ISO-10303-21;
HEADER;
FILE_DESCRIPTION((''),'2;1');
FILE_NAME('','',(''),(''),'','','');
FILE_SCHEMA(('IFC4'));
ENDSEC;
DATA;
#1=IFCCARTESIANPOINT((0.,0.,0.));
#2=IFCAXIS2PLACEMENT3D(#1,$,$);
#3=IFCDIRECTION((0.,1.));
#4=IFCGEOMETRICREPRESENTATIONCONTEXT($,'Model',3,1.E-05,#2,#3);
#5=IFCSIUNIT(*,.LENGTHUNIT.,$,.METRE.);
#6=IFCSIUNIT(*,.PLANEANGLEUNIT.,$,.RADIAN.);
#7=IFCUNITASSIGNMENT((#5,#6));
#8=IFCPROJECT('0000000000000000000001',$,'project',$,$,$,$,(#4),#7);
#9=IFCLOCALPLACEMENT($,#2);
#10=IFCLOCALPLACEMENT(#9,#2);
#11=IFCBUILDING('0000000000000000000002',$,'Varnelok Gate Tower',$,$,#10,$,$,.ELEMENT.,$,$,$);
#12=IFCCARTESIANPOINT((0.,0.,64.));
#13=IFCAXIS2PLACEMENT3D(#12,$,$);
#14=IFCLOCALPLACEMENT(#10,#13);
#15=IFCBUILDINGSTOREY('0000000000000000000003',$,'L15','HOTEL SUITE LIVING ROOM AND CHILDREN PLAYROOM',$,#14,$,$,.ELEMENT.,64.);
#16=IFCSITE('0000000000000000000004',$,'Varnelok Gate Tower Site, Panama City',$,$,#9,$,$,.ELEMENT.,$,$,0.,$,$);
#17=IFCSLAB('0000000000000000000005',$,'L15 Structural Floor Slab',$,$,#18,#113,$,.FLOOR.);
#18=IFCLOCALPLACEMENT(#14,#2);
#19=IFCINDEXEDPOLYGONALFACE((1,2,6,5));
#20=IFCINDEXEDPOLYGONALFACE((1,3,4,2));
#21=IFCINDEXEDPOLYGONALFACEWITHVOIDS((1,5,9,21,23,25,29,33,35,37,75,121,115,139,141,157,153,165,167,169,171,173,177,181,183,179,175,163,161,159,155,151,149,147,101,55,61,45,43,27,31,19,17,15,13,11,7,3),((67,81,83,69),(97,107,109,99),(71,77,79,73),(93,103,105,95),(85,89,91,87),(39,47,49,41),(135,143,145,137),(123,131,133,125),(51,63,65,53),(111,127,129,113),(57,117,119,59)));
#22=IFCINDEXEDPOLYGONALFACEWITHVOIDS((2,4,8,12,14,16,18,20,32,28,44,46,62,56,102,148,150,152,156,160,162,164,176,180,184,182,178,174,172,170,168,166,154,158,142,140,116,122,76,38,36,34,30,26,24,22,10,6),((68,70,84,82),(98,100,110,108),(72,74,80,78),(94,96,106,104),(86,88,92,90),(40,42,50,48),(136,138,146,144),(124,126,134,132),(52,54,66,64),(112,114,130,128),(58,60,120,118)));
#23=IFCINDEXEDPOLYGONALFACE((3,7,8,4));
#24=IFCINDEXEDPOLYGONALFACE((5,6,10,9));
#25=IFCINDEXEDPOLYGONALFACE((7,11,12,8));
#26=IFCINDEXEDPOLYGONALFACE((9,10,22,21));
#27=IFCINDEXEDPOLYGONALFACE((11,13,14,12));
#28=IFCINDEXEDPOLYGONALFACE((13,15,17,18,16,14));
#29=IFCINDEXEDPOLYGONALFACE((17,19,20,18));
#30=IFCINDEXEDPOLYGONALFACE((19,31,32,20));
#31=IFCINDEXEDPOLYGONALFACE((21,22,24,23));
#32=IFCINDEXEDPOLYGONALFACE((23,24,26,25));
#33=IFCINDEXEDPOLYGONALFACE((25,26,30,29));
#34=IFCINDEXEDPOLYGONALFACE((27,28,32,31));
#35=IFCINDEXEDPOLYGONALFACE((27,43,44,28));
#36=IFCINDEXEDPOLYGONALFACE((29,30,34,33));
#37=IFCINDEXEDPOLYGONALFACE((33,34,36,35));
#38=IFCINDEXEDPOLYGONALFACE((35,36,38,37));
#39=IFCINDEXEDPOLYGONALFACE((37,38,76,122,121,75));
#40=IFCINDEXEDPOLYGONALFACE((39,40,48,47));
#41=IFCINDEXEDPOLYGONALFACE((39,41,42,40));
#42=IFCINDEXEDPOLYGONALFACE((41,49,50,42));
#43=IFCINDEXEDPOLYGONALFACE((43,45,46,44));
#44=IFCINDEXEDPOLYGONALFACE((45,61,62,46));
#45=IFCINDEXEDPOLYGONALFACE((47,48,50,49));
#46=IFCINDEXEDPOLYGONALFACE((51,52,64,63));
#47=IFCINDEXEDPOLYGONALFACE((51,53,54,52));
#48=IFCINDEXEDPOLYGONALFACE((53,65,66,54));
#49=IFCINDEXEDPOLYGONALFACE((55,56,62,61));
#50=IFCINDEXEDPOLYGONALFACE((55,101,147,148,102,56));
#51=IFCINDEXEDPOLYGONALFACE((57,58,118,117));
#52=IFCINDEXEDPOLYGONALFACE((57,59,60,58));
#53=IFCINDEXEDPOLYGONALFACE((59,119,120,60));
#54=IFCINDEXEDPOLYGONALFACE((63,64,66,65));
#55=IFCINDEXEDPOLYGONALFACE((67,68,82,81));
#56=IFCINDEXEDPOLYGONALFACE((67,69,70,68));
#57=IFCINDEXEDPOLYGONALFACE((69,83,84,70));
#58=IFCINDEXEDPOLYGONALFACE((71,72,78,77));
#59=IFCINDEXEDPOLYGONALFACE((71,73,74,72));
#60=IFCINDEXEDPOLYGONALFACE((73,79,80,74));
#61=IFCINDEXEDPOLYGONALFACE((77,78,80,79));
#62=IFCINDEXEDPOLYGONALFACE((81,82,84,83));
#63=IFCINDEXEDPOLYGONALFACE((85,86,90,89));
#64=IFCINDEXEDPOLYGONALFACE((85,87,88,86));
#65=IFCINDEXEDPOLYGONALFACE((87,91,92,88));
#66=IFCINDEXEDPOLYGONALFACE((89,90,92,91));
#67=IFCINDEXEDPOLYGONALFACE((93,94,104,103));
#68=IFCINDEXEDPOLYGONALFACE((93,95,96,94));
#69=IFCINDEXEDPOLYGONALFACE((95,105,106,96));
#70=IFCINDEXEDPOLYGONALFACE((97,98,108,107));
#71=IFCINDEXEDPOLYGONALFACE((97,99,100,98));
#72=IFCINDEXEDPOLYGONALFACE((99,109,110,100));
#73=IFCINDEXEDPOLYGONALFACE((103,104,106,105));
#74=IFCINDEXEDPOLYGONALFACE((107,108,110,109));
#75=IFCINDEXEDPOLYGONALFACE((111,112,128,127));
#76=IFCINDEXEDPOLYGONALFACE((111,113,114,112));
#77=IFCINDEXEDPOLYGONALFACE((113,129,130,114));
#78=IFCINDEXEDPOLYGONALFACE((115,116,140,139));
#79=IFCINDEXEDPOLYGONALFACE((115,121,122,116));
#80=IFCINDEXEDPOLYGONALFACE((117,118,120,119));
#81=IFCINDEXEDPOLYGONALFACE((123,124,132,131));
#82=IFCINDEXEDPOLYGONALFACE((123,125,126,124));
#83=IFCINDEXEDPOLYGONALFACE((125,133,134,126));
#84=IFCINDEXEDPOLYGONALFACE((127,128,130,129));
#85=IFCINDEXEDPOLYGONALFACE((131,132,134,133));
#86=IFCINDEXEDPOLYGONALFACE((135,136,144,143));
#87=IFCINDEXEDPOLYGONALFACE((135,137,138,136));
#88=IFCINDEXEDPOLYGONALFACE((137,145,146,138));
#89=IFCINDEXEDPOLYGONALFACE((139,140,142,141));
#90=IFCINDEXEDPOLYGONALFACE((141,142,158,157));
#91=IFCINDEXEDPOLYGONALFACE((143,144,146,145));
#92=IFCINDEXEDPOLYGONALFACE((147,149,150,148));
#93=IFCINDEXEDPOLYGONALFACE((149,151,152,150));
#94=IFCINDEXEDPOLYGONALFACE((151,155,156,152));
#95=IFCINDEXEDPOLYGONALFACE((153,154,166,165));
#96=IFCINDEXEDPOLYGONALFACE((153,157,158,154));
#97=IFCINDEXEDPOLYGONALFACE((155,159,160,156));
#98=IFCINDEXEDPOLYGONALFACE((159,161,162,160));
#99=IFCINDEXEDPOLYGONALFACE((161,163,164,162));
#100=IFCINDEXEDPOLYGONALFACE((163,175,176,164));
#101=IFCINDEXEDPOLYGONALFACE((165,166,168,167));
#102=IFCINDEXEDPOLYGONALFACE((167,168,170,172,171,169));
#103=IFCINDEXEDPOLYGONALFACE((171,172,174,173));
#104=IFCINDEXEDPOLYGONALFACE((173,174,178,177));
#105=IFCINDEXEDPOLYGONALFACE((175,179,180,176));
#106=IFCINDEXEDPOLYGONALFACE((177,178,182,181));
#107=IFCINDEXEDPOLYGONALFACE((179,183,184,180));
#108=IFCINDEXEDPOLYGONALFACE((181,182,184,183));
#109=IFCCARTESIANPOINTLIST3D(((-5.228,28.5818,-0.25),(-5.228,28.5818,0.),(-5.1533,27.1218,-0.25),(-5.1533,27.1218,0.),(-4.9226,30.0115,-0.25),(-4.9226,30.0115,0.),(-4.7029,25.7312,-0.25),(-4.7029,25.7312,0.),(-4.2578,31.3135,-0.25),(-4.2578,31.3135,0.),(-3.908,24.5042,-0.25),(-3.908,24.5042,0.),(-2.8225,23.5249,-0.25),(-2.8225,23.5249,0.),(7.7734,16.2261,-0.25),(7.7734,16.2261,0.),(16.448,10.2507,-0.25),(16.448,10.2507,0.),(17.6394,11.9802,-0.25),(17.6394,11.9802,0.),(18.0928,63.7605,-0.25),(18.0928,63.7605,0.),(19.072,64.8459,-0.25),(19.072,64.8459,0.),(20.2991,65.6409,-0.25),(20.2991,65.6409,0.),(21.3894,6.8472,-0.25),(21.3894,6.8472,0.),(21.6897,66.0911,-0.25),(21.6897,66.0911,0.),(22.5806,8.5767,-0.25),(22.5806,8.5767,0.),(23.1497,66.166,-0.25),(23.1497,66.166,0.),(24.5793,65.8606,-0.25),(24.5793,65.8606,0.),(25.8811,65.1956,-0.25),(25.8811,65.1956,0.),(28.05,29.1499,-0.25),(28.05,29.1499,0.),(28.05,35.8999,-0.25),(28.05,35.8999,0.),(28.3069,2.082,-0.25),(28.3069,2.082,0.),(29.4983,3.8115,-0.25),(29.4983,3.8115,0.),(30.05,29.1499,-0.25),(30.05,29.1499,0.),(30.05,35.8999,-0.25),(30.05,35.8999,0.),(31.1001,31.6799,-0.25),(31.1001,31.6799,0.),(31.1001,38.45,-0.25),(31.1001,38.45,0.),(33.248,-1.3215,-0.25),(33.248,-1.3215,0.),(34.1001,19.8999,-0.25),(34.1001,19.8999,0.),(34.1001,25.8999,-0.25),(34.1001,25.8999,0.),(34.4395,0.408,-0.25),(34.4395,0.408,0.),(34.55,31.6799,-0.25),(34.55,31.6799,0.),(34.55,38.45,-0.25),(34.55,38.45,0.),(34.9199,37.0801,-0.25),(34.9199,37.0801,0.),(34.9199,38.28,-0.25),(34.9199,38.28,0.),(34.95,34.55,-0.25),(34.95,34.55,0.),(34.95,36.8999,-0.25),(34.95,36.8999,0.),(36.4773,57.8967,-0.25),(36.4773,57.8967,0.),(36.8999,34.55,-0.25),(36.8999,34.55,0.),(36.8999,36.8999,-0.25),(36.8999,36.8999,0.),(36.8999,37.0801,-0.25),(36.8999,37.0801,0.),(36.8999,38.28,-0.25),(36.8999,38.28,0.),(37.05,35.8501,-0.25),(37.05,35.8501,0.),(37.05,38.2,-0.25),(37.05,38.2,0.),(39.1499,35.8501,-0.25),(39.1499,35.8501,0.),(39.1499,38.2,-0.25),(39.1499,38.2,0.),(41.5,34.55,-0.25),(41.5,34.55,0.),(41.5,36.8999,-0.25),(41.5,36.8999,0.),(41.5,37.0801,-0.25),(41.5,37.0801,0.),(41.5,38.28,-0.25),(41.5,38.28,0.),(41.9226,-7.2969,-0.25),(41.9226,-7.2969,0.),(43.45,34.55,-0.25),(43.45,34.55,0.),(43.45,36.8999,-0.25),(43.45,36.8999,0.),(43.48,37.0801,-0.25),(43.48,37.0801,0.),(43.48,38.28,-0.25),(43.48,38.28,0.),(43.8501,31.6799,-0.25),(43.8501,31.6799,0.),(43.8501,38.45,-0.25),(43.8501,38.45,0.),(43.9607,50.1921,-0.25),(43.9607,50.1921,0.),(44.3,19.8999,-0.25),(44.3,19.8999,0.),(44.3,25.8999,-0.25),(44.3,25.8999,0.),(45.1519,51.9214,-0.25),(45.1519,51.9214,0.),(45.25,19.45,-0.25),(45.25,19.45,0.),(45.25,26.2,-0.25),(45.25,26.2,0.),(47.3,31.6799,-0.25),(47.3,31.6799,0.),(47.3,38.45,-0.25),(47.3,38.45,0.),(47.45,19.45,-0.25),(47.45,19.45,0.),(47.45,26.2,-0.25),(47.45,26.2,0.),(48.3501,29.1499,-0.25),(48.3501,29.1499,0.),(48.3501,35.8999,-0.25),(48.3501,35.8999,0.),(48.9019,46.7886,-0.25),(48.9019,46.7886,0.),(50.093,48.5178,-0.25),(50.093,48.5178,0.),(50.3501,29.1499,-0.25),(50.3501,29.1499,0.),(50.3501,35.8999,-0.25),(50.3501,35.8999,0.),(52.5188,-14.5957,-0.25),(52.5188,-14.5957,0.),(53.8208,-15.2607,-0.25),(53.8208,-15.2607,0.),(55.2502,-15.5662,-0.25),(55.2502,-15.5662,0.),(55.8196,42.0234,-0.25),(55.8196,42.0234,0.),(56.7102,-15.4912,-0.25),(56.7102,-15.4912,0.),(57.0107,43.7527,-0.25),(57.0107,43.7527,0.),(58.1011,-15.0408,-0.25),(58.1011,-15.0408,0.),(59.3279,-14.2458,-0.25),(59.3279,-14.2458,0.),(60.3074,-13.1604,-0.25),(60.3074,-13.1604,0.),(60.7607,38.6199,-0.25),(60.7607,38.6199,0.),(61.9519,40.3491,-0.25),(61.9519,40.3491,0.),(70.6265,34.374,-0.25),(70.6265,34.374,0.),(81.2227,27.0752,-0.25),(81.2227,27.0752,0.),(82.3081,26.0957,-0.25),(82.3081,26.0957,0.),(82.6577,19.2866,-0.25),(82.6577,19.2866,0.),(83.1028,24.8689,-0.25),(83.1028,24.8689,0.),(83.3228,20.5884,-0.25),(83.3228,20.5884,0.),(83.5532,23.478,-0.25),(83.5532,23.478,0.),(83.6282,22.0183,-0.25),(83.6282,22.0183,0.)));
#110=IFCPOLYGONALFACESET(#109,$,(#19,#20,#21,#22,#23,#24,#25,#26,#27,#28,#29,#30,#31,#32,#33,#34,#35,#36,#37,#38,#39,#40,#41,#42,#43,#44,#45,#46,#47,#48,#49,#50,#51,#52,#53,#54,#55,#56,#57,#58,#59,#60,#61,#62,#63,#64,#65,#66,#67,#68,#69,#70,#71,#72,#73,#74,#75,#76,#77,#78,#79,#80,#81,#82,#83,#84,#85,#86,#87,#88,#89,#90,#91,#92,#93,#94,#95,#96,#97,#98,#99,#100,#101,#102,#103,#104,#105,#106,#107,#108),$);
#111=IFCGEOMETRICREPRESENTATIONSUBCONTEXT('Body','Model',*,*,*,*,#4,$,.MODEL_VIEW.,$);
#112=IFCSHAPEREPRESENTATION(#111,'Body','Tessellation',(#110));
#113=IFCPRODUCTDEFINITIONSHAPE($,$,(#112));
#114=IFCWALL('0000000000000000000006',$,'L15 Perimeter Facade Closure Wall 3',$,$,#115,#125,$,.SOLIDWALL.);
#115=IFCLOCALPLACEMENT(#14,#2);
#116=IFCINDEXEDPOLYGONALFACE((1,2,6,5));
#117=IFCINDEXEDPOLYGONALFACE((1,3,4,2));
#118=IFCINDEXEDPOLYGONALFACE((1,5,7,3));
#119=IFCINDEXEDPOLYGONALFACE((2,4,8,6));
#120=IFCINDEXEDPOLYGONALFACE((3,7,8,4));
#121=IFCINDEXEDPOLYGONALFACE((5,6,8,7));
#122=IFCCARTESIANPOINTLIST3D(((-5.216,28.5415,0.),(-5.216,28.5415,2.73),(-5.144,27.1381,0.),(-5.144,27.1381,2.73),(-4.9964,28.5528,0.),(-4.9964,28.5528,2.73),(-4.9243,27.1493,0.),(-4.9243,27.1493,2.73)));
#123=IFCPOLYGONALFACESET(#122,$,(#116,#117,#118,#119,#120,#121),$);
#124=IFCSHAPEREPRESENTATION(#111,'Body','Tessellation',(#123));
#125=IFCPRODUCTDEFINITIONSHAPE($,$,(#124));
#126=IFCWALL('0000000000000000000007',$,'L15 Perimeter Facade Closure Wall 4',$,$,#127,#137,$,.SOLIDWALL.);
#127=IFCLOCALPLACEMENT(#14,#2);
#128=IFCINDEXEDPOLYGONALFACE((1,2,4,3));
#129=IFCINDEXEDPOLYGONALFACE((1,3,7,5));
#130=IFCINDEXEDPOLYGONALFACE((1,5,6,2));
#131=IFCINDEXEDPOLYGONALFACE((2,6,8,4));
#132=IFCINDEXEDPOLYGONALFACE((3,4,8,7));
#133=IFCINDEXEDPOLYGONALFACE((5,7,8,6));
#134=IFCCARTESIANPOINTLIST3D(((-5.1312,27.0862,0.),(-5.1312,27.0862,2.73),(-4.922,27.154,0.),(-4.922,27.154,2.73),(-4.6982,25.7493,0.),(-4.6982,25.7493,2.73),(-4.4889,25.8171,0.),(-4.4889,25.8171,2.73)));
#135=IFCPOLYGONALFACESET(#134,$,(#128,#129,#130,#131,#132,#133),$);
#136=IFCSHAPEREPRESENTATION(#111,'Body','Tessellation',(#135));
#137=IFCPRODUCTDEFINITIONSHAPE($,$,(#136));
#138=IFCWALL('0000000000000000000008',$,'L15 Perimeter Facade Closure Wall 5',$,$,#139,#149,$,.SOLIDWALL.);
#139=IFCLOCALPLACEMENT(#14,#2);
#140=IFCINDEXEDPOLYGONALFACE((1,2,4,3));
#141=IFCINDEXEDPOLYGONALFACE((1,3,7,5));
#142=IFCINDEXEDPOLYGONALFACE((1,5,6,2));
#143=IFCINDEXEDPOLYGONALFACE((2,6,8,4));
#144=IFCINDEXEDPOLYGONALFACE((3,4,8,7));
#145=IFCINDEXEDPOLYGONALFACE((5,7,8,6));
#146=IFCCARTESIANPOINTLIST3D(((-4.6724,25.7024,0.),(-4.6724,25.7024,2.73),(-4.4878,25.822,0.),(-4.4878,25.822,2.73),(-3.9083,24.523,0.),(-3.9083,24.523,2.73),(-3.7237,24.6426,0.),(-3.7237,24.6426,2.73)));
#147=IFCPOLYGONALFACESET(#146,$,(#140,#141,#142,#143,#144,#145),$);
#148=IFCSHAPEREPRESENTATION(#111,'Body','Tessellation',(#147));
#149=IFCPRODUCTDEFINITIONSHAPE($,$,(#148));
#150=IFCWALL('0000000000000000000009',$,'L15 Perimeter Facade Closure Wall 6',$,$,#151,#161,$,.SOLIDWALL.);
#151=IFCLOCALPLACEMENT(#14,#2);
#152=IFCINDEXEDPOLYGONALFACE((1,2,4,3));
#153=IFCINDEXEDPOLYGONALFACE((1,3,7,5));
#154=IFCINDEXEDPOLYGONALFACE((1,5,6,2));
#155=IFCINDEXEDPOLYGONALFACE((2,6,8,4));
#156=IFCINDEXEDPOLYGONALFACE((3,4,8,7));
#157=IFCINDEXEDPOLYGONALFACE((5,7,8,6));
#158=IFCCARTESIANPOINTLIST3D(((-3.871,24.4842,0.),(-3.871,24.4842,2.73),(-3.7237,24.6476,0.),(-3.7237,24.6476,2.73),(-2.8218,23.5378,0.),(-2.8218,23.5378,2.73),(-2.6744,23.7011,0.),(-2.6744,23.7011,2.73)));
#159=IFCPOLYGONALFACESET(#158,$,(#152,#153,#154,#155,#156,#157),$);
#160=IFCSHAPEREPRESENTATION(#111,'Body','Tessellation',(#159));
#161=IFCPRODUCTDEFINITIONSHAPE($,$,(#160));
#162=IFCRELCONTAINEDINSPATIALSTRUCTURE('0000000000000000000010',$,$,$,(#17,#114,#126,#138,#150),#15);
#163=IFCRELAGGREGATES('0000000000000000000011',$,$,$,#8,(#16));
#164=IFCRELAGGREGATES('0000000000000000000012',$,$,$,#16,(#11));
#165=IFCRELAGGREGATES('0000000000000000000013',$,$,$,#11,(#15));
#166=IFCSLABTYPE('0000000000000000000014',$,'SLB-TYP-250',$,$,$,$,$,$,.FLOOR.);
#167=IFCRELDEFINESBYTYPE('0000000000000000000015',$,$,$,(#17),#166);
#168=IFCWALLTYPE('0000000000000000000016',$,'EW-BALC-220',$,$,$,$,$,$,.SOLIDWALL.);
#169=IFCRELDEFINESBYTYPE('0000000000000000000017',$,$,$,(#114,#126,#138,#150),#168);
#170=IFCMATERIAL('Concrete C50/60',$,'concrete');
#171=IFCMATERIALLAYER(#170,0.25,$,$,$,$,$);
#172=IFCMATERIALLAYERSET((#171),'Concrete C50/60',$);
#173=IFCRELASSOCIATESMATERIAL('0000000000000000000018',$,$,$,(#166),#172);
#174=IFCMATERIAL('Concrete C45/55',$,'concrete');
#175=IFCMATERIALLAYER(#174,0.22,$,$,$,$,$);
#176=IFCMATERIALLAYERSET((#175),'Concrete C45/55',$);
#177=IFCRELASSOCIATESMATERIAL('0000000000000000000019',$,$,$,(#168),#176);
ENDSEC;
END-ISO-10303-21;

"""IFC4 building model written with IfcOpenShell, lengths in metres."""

from ifc_helpers import new_model, si_unit, direction, frame, frame_2d, origin, place, context, subcontext, project, spatial, polyline, rectangle, outline, extrude, material, layer, layer_set, type_object, element, save


model = new_model("IFC4")

# Units and contexts
model_context = context("Model", 3, precision=1e-05, world=origin(), true_north=direction((0.0, 1.0)))
body_context = subcontext(model_context, "Body", "Model", "MODEL_VIEW")
ifc_project = project(units=[si_unit("LENGTHUNIT", "METRE"), si_unit("PLANEANGLEUNIT", "RADIAN")], contexts=[model_context])

# Site, building, storey
site_placement = place(None, origin())
site = spatial("IfcSite", under=ifc_project, at=site_placement, Name="Varnelok Gate Tower Site, Panama City", CompositionType="ELEMENT", RefElevation=0.0)
building_placement = place(site_placement, origin())
building = spatial("IfcBuilding", under=site, at=building_placement, Name="Varnelok Gate Tower", CompositionType="ELEMENT")
storey_placement = place(building_placement, frame((0.0, 0.0, 64.0)))
storey = spatial("IfcBuildingStorey", under=building, at=storey_placement, Name="L15", Description="HOTEL SUITE LIVING ROOM AND CHILDREN PLAYROOM", CompositionType="ELEMENT", Elevation=64.0)

# Shared definitions
ifc_material_1 = material(Name="Concrete C45/55", Category="concrete")

# Shared definitions
ifc_material_2 = material(Name="Concrete C50/60", Category="concrete")

# Slab
ifc_layer_1 = layer(ifc_material_2, 0.25)
ifc_layer_set_1 = layer_set([ifc_layer_1], Name="Concrete C50/60")
slab_type_1 = type_object("IfcSlabType", Name="SLB-TYP-250", PredefinedType="FLOOR", material=ifc_layer_set_1)
slab_1_placement = place(storey_placement, frame((0.0, 0.0, -0.25)))
element("IfcSlab", 1, at=slab_1_placement, inside=storey, type_object=slab_type_1, Name="L15 Structural Floor Slab", PredefinedType="FLOOR", context=body_context, shape_type="SweptSolid", body=[
    extrude(outline(polyline([(-4.2578, 31.3135), (-4.9226, 30.0115), (-5.228, 28.5818), (-5.1533, 27.1218), (-4.7029, 25.7312), (-3.908, 24.5042), (-2.8225, 23.5249), (7.7734, 16.2261), (16.448, 10.2507), (17.6394, 11.9802), (22.5806, 8.5767), (21.3894, 6.8472), (28.3069, 2.082), (29.4983, 3.8115), (34.4395, 0.408), (33.248, -1.3215), (41.9226, -7.2969), (52.5188, -14.5957), (53.8208, -15.2607), (55.2502, -15.5662), (56.7102, -15.4912), (58.1011, -15.0408), (59.3279, -14.2458), (60.3074, -13.1604), (82.6577, 19.2866), (83.3228, 20.5884), (83.6282, 22.0183), (83.5532, 23.478), (83.1028, 24.8689), (82.3081, 26.0957), (81.2227, 27.0752), (70.6265, 34.374), (61.9519, 40.3491), (60.7607, 38.6199), (55.8196, 42.0234), (57.0107, 43.7527), (50.093, 48.5178), (48.9019, 46.7886), (43.9607, 50.1921), (45.1519, 51.9214), (36.4773, 57.8967), (25.8811, 65.1956), (24.5793, 65.8606), (23.1497, 66.166), (21.6897, 66.0911), (20.2991, 65.6409), (19.072, 64.8459), (18.0928, 63.7605), (-4.2578, 31.3135)]), holes=[polyline([(34.55, 31.6799), (34.55, 38.45), (31.1001, 38.45), (31.1001, 31.6799), (34.55, 31.6799)]), polyline([(47.3, 31.6799), (47.3, 38.45), (43.8501, 38.45), (43.8501, 31.6799), (47.3, 31.6799)]), polyline([(34.95, 34.55), (36.8999, 34.55), (36.8999, 36.8999), (34.95, 36.8999), (34.95, 34.55)]), polyline([(41.5, 34.55), (43.45, 34.55), (43.45, 36.8999), (41.5, 36.8999), (41.5, 34.55)]), polyline([(37.05, 35.8501), (39.1499, 35.8501), (39.1499, 38.2), (37.05, 38.2), (37.05, 35.8501)]), polyline([(28.05, 29.1499), (30.05, 29.1499), (30.05, 35.8999), (28.05, 35.8999), (28.05, 29.1499)]), polyline([(48.3501, 29.1499), (50.3501, 29.1499), (50.3501, 35.8999), (48.3501, 35.8999), (48.3501, 29.1499)]), polyline([(45.25, 19.45), (47.45, 19.45), (47.45, 26.2), (45.25, 26.2), (45.25, 19.45)]), polyline([(34.9199, 37.0801), (36.8999, 37.0801), (36.8999, 38.28), (34.9199, 38.28), (34.9199, 37.0801)]), polyline([(41.5, 37.0801), (43.48, 37.0801), (43.48, 38.28), (41.5, 38.28), (41.5, 37.0801)]), polyline([(34.1001, 19.8999), (44.3, 19.8999), (44.3, 25.8999), (34.1001, 25.8999), (34.1001, 19.8999)])]), origin(), (0.0, 0.0, 1.0), 0.25),
])

# Walls
ifc_layer_2 = layer(ifc_material_1, 0.22)
ifc_layer_set_2 = layer_set([ifc_layer_2], Name="Concrete C45/55")
wall_type_1 = type_object("IfcWallType", Name="EW-BALC-220", PredefinedType="SOLIDWALL", material=ifc_layer_set_2)
for number, where, z_axis, x_axis, name in (
    (2, (-5.1062, 28.5471, 0.0), (0.0, 0.0, 1.0), (0.051255, -0.998686, 0.0), "L15 Perimeter Facade Closure Wall 3"),
    (3, (-5.0266, 27.1201, 0.0), (0.0, 0.0, 1.0), (0.30819, -0.951325, 0.0), "L15 Perimeter Facade Closure Wall 4"),
    (4, (-4.5801, 25.7622, 0.0), (0.0, 0.0, 1.0), (0.543748, -0.839248, 0.0), "L15 Perimeter Facade Closure Wall 5"),
):
    element("IfcWall", number, at=place(storey_placement, frame(where, z_axis=z_axis, x_axis=x_axis)), inside=storey, type_object=wall_type_1, Name=name, PredefinedType="SOLIDWALL", context=body_context, shape_type="SweptSolid", body=[
        extrude(rectangle(XDim=1.4053, YDim=0.22, at=frame_2d((0.7026, 0.0))), origin(), (0.0, 0.0, 1.0), 2.73),
    ])
wall_1_placement = place(storey_placement, frame((-3.7974, 24.5659, 0.0), z_axis=(0.0, 0.0, 1.0), x_axis=(0.742538, -0.669804, 0.0)))
element("IfcWall", 5, at=wall_1_placement, inside=storey, type_object=wall_type_1, Name="L15 Perimeter Facade Closure Wall 6", PredefinedType="SOLIDWALL", context=body_context, shape_type="SweptSolid", body=[
    extrude(rectangle(XDim=1.4131, YDim=0.22, at=frame_2d((0.7065, 0.0))), origin(), (0.0, 0.0, 1.0), 2.73),
])

save(model, "model.ifc")
